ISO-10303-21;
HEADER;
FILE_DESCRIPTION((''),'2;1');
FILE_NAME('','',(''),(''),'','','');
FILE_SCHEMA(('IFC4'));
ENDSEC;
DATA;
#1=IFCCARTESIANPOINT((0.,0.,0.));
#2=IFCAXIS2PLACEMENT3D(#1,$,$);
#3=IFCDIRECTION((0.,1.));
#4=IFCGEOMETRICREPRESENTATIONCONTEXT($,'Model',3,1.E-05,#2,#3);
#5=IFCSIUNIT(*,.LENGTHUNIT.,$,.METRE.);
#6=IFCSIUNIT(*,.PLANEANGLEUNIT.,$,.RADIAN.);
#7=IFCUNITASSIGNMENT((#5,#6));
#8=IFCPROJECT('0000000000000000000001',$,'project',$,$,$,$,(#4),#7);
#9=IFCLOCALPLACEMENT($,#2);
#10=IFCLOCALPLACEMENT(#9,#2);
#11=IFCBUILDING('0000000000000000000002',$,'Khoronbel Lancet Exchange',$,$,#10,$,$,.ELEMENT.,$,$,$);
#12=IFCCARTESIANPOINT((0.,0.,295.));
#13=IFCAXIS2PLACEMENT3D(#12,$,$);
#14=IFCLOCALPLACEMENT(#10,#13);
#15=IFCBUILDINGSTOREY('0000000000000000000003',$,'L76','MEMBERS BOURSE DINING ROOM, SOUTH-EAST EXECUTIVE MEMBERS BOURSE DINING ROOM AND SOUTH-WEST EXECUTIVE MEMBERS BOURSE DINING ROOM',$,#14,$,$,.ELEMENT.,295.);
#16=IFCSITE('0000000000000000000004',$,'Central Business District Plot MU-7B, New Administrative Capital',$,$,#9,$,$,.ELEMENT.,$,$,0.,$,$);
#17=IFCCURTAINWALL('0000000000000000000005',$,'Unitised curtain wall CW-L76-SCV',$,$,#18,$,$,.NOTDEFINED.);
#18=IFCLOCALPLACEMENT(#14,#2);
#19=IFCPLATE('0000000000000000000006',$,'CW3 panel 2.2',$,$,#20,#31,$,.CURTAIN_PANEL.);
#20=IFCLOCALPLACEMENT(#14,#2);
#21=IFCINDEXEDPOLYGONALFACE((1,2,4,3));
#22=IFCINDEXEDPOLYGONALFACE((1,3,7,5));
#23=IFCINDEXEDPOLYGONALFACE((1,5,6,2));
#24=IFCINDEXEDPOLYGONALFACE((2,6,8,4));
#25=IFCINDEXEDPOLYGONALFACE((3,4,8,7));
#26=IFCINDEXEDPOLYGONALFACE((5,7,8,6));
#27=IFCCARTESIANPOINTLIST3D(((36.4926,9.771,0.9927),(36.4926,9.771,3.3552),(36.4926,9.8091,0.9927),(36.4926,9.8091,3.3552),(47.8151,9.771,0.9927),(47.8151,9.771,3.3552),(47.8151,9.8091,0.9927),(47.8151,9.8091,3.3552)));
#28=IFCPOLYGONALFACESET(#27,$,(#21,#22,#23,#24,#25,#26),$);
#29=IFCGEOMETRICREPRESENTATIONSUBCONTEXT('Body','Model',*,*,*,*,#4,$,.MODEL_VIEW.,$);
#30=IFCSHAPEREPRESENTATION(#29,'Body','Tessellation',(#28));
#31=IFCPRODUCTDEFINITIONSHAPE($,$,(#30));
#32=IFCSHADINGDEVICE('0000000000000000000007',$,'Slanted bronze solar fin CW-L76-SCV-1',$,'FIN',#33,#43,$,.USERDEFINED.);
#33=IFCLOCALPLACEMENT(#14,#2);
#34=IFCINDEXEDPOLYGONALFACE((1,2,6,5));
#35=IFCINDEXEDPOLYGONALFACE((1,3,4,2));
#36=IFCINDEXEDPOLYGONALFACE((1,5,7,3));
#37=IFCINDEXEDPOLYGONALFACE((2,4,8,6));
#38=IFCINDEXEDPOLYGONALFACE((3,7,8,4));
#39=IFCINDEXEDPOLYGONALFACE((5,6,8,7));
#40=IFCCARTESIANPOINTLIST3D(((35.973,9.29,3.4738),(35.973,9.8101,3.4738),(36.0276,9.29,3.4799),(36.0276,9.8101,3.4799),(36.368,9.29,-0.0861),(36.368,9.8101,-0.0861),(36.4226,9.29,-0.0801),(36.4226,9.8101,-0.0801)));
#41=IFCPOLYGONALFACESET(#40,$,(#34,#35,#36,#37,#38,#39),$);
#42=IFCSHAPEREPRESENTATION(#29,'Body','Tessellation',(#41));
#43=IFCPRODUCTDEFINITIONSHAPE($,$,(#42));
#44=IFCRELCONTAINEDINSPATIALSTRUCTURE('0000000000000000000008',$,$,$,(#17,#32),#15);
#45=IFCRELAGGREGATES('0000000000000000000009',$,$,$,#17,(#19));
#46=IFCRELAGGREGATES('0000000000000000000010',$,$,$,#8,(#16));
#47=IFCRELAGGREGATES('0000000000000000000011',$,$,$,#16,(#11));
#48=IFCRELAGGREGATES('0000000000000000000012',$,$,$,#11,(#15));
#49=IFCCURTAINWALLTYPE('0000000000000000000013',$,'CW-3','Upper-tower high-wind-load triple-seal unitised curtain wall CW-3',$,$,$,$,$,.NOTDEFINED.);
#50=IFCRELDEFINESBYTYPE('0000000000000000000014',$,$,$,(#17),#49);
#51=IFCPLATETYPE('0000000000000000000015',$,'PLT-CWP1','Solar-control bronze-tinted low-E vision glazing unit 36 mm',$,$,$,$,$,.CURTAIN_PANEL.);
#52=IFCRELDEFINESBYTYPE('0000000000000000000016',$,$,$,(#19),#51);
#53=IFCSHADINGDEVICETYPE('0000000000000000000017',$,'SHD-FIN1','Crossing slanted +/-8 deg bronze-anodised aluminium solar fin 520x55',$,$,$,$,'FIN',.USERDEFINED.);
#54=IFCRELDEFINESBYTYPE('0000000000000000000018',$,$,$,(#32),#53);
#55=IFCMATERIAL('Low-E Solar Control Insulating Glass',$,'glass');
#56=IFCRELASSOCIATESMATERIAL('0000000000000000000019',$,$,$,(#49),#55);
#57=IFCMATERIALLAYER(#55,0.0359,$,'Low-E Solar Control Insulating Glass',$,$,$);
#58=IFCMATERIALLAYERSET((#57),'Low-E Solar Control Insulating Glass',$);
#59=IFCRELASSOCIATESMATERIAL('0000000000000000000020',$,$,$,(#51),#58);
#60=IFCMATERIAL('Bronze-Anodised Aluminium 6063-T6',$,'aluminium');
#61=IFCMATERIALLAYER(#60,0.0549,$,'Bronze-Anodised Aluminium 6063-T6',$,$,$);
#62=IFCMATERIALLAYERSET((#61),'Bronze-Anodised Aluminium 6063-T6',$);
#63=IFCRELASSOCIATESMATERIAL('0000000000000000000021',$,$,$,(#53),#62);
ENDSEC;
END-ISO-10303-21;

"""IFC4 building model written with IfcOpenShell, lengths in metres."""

from ifc_helpers import new_model, si_unit, direction, frame, origin, origin_2d, place, context, subcontext, project, spatial, polyline, rectangle, outline, extrude, material, layer, layer_set, type_object, element, aggregate, save


model = new_model("IFC4")

# Units and contexts
model_context = context("Model", 3, precision=1e-05, world=origin(), true_north=direction((0.0, 1.0)))
body_context = subcontext(model_context, "Body", "Model", "MODEL_VIEW")
ifc_project = project(units=[si_unit("LENGTHUNIT", "METRE"), si_unit("PLANEANGLEUNIT", "RADIAN")], contexts=[model_context])

# Site, building, storey
site_placement = place(None, origin())
site = spatial("IfcSite", under=ifc_project, at=site_placement, Name="Central Business District Plot MU-7B, New Administrative Capital", CompositionType="ELEMENT", RefElevation=0.0)
building_placement = place(site_placement, origin())
building = spatial("IfcBuilding", under=site, at=building_placement, Name="Khoronbel Lancet Exchange", CompositionType="ELEMENT")
storey_placement = place(building_placement, frame((0.0, 0.0, 295.0)))
storey = spatial("IfcBuildingStorey", under=building, at=storey_placement, Name="L76", Description="MEMBERS BOURSE DINING ROOM, SOUTH-EAST EXECUTIVE MEMBERS BOURSE DINING ROOM AND SOUTH-WEST EXECUTIVE MEMBERS BOURSE DINING ROOM", CompositionType="ELEMENT", Elevation=295.0)

# Curtain wall
ifc_material_1 = material(Name="Low-E Solar Control Insulating Glass", Category="glass")
curtain_wall_type = type_object("IfcCurtainWallType", Name="CW-3", Description="Upper-tower high-wind-load triple-seal unitised curtain wall CW-3", PredefinedType="NOTDEFINED", material=ifc_material_1)
curtain_wall_1_placement = place(storey_placement, origin())
curtain_wall_1 = element("IfcCurtainWall", 1, at=curtain_wall_1_placement, inside=storey, type_object=curtain_wall_type, Name="Unitised curtain wall CW-L76-SCV", PredefinedType="NOTDEFINED")
ifc_material_2 = material(Name="Bronze-Anodised Aluminium 6063-T6", Category="aluminium")

# Plate
ifc_layer_1 = layer(ifc_material_1, 0.0359, Name="Low-E Solar Control Insulating Glass")
ifc_layer_set_1 = layer_set([ifc_layer_1], Name="Low-E Solar Control Insulating Glass")
plate_type_1 = type_object("IfcPlateType", Name="PLT-CWP1", Description="Solar-control bronze-tinted low-E vision glazing unit 36 mm", PredefinedType="CURTAIN_PANEL", material=ifc_layer_set_1)
plate_1_placement = place(storey_placement, frame((42.1538, 9.79, 0.9927), z_axis=(0.0, 0.0, 1.0), x_axis=(1.0, 0.0, 0.0)))
plate_1 = element("IfcPlate", 2, at=plate_1_placement, type_object=plate_type_1, Name="CW3 panel 2.2", PredefinedType="CURTAIN_PANEL", context=body_context, shape_type="SweptSolid", body=[
    extrude(rectangle(XDim=11.3225, YDim=0.0381, at=origin_2d()), origin(), (0.0, 0.0, 1.0), 2.3625),
])
aggregate(curtain_wall_1, [plate_1])

# Shading device
ifc_layer_2 = layer(ifc_material_2, 0.0549, Name="Bronze-Anodised Aluminium 6063-T6")
ifc_layer_set_2 = layer_set([ifc_layer_2], Name="Bronze-Anodised Aluminium 6063-T6")
shading_device_type = type_object("IfcShadingDeviceType", Name="SHD-FIN1", Description="Crossing slanted +/-8 deg bronze-anodised aluminium solar fin 520x55", ElementType="FIN", PredefinedType="USERDEFINED", material=ifc_layer_set_2)
shading_device_placement = place(storey_placement, frame((36.4226, 9.8101, -0.0801), z_axis=(0.9939, 0.0, 0.110282), x_axis=(0.0, -1.0, 0.0)))
element("IfcShadingDevice", 3, at=shading_device_placement, inside=storey, type_object=shading_device_type, Name="Slanted bronze solar fin CW-L76-SCV-1", ObjectType="FIN", PredefinedType="USERDEFINED", context=body_context, shape_type="SweptSolid", body=[
    extrude(outline(polyline([(0.0, 0.0), (0.52, 0.0), (0.52, -3.5818), (0.0, -3.5818), (0.0, 0.0)])), origin(), (0.0, 0.0, -1.0), 0.0549),
])

save(model, "model.ifc")
